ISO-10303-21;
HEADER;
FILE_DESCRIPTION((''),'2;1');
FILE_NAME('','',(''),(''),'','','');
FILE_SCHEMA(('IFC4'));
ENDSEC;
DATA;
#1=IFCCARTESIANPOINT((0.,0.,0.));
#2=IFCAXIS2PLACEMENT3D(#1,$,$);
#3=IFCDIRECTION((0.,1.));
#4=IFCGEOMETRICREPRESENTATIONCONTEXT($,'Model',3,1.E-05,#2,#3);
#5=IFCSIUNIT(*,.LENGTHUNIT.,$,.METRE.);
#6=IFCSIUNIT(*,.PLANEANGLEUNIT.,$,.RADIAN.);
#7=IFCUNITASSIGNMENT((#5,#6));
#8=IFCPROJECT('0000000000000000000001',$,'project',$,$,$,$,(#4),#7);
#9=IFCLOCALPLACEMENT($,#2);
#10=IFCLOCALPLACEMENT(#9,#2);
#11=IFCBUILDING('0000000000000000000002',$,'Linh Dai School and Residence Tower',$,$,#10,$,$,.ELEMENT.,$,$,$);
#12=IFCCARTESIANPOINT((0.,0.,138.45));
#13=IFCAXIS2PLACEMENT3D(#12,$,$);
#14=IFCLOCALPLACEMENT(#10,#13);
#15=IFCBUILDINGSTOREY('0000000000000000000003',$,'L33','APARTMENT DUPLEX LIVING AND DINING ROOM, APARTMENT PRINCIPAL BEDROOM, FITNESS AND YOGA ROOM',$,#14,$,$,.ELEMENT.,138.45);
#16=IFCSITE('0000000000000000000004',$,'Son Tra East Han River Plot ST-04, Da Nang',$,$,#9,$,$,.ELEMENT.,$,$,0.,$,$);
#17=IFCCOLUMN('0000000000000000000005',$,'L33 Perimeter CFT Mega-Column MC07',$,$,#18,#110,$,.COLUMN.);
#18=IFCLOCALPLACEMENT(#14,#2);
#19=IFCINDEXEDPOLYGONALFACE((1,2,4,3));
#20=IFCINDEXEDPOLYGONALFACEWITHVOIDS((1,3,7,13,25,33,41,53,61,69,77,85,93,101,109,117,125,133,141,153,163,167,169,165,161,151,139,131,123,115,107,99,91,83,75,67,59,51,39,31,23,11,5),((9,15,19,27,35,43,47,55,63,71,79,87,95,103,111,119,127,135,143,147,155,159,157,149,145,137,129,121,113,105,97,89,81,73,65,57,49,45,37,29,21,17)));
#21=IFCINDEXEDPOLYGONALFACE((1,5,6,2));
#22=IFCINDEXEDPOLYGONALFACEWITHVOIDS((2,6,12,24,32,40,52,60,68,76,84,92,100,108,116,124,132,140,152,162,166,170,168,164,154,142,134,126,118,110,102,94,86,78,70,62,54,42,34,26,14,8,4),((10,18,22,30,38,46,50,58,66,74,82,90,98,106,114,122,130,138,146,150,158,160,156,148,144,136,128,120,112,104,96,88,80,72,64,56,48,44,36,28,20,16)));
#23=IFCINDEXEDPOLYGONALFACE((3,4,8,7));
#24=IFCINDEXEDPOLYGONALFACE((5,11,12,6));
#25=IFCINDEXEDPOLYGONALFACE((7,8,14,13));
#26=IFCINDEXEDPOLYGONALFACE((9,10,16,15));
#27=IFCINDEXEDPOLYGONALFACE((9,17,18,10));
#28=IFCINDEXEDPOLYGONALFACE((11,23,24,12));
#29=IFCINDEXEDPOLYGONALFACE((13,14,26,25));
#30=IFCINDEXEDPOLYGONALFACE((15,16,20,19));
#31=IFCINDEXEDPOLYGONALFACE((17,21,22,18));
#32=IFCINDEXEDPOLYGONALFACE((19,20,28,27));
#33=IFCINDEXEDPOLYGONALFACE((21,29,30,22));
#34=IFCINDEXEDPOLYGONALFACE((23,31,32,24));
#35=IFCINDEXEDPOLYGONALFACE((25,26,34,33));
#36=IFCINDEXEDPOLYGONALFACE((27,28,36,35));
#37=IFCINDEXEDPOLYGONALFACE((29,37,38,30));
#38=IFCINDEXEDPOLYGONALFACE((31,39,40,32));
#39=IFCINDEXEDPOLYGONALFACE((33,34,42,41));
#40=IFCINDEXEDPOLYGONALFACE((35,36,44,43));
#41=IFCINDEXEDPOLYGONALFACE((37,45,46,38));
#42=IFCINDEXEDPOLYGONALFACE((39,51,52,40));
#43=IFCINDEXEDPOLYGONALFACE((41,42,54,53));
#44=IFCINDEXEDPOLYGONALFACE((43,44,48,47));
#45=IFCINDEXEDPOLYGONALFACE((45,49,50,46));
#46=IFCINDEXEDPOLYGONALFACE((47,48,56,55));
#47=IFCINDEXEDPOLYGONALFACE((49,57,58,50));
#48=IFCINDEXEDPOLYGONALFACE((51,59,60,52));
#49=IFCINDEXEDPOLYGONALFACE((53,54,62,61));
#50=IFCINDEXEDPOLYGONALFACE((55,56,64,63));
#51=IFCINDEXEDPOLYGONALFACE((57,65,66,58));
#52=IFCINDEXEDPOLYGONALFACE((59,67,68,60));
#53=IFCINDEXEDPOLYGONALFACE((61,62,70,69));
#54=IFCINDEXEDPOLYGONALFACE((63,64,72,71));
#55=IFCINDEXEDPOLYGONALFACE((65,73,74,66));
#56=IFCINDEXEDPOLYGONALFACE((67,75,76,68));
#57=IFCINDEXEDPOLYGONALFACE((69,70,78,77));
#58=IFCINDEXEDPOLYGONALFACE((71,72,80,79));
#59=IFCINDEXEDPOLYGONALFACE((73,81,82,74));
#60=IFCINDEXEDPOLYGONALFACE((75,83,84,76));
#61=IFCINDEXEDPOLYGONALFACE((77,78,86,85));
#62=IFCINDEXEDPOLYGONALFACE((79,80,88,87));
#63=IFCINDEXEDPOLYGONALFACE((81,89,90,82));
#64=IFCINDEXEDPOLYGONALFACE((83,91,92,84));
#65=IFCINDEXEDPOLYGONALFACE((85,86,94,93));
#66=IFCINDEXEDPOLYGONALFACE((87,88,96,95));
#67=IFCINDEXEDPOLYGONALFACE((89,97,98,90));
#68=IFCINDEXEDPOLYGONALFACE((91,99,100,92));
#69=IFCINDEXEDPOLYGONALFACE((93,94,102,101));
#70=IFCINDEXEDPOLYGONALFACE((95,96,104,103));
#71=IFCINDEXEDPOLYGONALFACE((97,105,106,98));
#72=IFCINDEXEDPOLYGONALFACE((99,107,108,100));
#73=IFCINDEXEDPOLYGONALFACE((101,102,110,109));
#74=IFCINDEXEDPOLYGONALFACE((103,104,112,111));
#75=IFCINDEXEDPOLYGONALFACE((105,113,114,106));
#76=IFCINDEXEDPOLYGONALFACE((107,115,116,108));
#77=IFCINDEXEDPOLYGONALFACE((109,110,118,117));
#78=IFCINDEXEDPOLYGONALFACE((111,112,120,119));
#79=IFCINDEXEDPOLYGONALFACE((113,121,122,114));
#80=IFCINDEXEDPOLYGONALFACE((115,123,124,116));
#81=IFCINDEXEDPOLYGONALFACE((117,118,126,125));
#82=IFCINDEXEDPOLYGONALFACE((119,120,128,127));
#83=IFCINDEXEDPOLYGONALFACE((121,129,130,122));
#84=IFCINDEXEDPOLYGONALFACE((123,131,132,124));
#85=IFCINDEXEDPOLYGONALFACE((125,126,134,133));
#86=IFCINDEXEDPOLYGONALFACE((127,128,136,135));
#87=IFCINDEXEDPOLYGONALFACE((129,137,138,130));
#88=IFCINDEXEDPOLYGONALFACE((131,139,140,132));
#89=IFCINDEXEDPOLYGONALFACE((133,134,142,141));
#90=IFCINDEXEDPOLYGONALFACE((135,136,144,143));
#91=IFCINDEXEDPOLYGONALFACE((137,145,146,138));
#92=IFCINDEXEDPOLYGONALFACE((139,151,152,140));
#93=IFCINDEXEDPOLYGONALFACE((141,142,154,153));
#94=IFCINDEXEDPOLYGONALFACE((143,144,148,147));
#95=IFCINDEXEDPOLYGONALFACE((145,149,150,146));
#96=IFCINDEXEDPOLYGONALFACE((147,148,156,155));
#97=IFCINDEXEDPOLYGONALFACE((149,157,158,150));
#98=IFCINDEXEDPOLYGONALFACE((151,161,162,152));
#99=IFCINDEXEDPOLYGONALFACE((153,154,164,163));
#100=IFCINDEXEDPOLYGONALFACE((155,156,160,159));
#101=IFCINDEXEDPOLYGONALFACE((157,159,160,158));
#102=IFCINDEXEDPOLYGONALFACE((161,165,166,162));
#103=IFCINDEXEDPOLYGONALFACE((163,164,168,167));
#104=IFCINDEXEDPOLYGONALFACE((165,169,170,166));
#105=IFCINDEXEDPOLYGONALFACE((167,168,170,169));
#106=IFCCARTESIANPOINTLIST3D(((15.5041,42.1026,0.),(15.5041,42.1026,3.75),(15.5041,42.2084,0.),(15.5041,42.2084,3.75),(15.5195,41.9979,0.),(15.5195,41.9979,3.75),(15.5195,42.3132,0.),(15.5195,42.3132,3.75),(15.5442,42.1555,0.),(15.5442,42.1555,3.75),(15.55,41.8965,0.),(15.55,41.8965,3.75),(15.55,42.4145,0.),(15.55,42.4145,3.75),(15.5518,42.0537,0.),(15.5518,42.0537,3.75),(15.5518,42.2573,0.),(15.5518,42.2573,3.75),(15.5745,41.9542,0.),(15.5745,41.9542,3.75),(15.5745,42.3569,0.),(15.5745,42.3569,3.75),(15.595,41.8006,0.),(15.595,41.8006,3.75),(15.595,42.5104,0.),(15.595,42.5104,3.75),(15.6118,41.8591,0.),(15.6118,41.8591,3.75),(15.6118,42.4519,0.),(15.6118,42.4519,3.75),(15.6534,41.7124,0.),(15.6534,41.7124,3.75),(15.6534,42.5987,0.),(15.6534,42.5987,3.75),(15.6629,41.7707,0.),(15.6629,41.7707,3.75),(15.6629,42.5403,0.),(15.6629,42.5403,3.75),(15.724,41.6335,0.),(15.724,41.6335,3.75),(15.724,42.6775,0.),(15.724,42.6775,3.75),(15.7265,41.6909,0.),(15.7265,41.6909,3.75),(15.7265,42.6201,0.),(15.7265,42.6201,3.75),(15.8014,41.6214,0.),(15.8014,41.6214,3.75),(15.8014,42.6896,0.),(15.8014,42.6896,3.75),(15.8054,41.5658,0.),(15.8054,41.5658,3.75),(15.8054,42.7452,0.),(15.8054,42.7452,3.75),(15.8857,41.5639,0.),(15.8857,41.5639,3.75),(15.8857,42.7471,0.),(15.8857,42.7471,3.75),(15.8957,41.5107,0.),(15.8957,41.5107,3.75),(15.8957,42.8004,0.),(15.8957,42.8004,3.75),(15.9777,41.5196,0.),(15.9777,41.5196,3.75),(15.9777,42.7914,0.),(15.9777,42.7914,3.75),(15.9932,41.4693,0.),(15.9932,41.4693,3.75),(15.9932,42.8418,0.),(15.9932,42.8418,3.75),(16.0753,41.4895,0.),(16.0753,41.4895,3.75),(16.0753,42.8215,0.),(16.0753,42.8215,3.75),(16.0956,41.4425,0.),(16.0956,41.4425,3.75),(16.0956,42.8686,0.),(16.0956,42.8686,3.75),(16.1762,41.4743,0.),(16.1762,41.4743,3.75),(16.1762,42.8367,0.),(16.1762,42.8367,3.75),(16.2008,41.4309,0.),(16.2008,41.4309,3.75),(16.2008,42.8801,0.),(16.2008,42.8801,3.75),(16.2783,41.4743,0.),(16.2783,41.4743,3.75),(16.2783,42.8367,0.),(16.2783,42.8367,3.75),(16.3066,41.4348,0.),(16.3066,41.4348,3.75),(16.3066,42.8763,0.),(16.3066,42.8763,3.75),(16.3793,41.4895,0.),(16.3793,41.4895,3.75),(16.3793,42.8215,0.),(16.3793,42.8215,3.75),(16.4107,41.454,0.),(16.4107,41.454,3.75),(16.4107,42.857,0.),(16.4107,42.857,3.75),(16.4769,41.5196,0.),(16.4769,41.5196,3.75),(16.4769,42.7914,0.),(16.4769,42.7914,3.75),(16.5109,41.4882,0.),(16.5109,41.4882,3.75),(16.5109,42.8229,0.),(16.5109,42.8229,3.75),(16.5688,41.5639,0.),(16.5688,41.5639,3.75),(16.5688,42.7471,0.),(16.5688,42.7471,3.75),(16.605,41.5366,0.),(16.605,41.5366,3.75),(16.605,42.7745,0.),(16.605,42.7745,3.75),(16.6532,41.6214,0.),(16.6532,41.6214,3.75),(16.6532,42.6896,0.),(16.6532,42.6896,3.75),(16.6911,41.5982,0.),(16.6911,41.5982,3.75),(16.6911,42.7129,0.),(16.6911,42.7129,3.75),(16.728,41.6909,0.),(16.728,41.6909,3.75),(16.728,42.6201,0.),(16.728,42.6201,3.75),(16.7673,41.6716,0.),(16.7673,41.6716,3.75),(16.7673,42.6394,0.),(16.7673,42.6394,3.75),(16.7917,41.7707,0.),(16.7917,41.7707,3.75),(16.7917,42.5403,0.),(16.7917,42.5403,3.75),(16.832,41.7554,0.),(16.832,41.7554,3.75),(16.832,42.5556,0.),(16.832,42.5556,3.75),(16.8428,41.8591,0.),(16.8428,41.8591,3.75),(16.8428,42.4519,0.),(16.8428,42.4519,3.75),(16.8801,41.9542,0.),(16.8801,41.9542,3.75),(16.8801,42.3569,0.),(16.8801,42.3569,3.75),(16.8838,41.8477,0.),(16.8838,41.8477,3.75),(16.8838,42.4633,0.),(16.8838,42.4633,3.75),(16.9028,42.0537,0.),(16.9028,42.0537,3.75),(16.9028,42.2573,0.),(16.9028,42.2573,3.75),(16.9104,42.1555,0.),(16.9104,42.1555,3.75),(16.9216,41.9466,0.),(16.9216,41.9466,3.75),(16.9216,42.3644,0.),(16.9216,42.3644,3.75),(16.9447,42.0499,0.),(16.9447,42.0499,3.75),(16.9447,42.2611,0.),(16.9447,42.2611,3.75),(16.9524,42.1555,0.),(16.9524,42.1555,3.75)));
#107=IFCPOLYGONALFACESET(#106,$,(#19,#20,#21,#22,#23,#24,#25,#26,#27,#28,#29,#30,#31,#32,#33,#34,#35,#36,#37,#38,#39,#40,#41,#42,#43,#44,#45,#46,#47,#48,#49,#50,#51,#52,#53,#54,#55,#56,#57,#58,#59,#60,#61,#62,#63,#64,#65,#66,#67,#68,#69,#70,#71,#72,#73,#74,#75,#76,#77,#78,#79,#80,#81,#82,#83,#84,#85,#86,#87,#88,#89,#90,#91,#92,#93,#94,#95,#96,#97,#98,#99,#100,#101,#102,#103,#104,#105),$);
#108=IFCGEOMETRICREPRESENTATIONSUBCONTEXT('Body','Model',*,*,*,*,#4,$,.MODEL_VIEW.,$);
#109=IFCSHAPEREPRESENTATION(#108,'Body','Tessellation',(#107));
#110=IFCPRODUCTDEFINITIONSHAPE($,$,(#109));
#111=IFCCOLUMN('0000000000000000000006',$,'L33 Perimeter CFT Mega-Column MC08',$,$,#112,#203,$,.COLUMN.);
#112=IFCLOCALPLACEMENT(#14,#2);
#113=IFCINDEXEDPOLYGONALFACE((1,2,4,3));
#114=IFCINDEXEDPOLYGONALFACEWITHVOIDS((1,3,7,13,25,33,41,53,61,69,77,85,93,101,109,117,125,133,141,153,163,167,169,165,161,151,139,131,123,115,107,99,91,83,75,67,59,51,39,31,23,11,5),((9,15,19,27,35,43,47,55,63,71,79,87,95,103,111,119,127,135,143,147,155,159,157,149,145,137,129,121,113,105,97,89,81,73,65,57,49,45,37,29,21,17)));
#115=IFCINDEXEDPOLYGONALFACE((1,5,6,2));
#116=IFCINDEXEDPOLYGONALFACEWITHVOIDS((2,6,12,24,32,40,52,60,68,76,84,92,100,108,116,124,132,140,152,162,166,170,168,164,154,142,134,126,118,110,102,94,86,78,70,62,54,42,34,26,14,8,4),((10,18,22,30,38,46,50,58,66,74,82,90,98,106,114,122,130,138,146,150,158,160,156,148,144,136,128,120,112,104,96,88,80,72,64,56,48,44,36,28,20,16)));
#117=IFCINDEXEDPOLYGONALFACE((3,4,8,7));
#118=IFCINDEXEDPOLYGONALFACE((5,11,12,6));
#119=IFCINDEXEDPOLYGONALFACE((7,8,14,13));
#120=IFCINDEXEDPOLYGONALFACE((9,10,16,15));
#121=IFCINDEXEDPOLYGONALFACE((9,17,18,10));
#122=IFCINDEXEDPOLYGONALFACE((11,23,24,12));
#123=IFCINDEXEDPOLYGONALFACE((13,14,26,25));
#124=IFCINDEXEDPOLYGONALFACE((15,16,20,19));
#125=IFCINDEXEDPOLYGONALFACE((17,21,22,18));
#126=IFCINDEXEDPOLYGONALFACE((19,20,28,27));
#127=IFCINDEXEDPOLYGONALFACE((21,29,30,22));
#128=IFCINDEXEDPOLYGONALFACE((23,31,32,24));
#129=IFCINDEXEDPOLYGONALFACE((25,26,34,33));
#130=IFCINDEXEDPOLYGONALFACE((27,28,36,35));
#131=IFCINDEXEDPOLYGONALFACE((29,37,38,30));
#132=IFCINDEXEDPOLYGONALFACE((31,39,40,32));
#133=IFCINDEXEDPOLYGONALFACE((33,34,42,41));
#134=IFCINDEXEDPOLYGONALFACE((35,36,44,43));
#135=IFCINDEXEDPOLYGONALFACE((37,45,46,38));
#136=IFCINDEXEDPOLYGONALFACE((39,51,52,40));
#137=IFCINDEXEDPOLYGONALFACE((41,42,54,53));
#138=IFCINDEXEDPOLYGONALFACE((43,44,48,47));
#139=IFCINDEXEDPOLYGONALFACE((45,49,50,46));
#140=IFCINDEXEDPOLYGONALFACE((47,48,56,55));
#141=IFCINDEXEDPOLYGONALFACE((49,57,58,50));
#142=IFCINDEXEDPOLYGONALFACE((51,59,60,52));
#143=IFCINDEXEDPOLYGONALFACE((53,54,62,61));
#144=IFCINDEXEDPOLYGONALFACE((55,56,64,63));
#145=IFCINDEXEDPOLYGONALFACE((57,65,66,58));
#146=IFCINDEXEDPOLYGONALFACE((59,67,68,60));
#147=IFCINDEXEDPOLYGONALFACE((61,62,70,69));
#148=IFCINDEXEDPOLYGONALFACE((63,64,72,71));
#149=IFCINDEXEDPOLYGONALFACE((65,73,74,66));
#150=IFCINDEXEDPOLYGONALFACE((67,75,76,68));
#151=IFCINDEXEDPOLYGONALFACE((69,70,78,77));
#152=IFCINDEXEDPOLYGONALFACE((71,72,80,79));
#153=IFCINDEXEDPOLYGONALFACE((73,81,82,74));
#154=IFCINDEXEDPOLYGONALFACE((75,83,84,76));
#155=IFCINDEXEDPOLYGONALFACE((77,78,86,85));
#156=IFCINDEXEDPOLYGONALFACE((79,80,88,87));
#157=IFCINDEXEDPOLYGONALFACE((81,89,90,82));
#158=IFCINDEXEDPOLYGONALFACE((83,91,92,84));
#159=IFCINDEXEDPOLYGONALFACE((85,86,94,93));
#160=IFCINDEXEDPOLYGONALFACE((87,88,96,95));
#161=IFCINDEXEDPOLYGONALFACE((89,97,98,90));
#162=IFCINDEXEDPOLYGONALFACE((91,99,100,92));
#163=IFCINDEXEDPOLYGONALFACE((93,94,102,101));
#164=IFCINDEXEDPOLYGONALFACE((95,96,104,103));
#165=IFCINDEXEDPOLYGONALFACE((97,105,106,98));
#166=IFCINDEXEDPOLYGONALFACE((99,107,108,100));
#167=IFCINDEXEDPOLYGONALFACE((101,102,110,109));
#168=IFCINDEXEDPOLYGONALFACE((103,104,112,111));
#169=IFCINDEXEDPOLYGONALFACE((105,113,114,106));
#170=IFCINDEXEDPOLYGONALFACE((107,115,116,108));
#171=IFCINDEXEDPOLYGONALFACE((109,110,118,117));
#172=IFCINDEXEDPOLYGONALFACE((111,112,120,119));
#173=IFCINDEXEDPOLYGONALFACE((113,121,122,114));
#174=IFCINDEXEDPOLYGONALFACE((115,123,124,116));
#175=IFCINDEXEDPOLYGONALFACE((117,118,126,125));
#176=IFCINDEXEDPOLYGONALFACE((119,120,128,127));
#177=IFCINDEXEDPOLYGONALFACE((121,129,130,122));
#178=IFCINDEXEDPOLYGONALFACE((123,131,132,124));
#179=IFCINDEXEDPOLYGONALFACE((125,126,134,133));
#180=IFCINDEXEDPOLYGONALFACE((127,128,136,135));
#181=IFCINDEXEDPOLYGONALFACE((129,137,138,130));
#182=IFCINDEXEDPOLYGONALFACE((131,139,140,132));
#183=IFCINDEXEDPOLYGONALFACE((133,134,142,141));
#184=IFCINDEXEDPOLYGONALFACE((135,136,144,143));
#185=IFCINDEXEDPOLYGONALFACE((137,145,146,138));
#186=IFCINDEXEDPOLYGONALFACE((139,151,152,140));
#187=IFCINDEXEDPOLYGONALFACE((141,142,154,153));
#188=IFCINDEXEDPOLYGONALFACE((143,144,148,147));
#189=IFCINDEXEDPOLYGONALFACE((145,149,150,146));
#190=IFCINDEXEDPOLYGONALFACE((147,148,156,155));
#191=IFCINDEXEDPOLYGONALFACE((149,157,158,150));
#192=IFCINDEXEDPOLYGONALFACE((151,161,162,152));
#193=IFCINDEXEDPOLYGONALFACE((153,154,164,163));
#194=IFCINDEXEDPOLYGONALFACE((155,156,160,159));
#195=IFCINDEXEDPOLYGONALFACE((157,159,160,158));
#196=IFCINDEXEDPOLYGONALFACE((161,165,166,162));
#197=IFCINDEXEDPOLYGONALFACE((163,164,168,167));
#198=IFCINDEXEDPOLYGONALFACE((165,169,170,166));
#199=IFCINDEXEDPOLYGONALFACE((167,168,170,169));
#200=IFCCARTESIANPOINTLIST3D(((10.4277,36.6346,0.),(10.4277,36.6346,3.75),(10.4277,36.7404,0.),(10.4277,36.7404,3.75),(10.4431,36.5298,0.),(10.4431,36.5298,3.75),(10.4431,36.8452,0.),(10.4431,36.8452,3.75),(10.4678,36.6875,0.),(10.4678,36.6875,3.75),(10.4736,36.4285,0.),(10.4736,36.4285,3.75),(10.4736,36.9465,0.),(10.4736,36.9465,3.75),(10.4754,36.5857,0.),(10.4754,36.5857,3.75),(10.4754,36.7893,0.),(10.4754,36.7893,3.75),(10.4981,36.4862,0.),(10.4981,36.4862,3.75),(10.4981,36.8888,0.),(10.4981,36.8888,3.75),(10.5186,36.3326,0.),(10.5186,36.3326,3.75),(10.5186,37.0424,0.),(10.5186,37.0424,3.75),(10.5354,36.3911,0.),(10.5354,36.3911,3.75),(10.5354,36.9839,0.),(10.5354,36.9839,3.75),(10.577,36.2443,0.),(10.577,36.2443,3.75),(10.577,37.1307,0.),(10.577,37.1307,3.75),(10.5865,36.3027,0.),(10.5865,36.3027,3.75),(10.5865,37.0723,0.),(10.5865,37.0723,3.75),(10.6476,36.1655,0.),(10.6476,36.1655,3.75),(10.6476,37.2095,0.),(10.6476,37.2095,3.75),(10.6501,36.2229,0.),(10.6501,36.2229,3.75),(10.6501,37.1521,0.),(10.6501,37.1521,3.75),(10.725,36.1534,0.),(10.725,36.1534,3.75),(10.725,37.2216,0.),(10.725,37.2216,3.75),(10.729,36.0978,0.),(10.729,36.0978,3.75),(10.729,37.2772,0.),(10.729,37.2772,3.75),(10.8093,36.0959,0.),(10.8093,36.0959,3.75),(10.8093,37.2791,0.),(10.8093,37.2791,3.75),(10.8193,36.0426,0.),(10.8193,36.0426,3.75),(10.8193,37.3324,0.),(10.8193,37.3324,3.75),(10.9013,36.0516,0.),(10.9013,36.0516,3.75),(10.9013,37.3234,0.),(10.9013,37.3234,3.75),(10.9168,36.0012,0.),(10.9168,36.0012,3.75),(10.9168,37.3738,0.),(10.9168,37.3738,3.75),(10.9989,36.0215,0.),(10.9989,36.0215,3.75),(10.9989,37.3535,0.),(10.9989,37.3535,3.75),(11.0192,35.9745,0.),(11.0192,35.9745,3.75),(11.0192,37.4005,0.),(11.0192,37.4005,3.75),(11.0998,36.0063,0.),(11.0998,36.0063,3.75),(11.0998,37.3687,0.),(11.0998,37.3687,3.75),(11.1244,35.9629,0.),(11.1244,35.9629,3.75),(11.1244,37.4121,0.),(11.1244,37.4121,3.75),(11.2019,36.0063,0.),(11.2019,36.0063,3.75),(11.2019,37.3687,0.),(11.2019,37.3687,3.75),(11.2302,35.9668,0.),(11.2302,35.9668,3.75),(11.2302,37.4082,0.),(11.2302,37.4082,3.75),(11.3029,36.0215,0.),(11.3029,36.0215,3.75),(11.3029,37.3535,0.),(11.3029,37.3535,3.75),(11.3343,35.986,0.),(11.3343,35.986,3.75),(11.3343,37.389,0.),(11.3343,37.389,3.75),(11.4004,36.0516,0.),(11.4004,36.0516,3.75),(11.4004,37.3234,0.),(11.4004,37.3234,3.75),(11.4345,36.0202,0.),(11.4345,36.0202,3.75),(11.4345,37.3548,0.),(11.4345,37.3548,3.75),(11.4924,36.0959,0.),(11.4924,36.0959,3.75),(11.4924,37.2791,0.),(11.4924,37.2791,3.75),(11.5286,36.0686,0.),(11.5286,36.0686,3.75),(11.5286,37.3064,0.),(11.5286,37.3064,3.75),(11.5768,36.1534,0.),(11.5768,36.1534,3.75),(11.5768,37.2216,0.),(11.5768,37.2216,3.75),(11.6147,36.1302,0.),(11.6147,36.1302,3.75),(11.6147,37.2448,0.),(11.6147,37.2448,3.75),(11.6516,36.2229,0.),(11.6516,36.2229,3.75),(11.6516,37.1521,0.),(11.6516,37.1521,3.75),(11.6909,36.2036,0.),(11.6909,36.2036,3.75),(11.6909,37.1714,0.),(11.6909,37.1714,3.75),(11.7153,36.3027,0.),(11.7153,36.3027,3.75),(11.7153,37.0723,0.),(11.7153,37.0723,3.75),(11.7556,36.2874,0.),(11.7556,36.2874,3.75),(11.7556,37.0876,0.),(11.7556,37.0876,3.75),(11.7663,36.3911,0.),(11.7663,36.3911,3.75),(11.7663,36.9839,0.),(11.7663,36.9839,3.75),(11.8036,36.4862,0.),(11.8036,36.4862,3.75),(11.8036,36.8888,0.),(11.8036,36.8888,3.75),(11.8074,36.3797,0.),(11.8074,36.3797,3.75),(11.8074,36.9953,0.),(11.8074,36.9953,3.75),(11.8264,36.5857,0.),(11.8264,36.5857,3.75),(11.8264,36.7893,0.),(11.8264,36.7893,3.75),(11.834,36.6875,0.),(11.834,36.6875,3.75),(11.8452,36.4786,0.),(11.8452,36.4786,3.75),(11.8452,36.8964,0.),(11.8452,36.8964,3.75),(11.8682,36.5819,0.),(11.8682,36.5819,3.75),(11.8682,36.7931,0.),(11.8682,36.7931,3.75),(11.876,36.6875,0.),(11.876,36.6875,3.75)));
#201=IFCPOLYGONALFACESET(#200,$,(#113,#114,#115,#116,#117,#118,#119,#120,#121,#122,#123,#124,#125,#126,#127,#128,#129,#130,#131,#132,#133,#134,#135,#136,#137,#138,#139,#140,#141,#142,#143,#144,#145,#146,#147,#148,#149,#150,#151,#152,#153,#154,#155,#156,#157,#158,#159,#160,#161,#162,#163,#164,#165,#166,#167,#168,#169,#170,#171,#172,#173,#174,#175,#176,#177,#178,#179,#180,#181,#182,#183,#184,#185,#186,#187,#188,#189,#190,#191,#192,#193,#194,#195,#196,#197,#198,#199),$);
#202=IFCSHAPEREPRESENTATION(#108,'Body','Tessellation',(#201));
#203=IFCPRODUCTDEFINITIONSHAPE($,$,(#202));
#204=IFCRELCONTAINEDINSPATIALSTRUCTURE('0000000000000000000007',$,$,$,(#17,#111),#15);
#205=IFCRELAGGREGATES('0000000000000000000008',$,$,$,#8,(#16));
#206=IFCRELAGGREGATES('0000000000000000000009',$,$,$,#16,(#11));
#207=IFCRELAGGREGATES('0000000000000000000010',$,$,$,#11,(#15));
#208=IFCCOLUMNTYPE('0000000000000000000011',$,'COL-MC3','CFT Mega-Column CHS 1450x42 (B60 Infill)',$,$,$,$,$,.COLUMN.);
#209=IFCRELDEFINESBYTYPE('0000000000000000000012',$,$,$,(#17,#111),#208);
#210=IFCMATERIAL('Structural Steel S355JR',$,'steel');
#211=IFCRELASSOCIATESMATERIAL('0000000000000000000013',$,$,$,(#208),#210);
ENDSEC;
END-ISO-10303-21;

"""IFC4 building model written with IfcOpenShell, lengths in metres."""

from ifc_helpers import new_model, si_unit, direction, frame, origin, origin_2d, place, context, subcontext, project, spatial, hollow_circle, extrude, material, material_profile, profile_set, type_object, element, save


model = new_model("IFC4")

# Units and contexts
model_context = context("Model", 3, precision=1e-05, world=origin(), true_north=direction((0.0, 1.0)))
body_context = subcontext(model_context, "Body", "Model", "MODEL_VIEW")
ifc_project = project(units=[si_unit("LENGTHUNIT", "METRE"), si_unit("PLANEANGLEUNIT", "RADIAN")], contexts=[model_context])

# Site, building, storey
site_placement = place(None, origin())
site = spatial("IfcSite", under=ifc_project, at=site_placement, Name="Son Tra East Han River Plot ST-04, Da Nang", CompositionType="ELEMENT", RefElevation=0.0)
building_placement = place(site_placement, origin())
building = spatial("IfcBuilding", under=site, at=building_placement, Name="Linh Dai School and Residence Tower", CompositionType="ELEMENT")
storey_placement = place(building_placement, frame((0.0, 0.0, 138.45)))
storey = spatial("IfcBuildingStorey", under=building, at=storey_placement, Name="L33", Description="APARTMENT DUPLEX LIVING AND DINING ROOM, APARTMENT PRINCIPAL BEDROOM, FITNESS AND YOGA ROOM", CompositionType="ELEMENT", Elevation=138.45)

# Columns
ifc_material_1 = material(Name="Structural Steel S355JR", Category="steel")
ifc_material_profile_1 = material_profile(ifc_material_1, hollow_circle(Radius=0.7251, WallThickness=0.042, at=origin_2d()), Name="CHS 1450x42")
ifc_profile_set_1 = profile_set([ifc_material_profile_1], Name="Structural Steel S355JR")
column_type = type_object("IfcColumnType", Name="COL-MC3", Description="CFT Mega-Column CHS 1450x42 (B60 Infill)", PredefinedType="COLUMN", material=ifc_profile_set_1)
for number, where, z_axis, x_axis, name in (
    (1, (16.2273, 42.1555, 0.0), (0.0, 0.0, 1.0), (1.0, 0.0, 0.0), "L33 Perimeter CFT Mega-Column MC07"),
    (2, (11.1509, 36.6875, 0.0), (0.0, 0.0, 1.0), (1.0, 0.0, 0.0), "L33 Perimeter CFT Mega-Column MC08"),
):
    element("IfcColumn", number, at=place(storey_placement, frame(where, z_axis=z_axis, x_axis=x_axis)), inside=storey, type_object=column_type, Name=name, PredefinedType="COLUMN", context=body_context, shape_type="SweptSolid", body=[
        extrude(hollow_circle(Radius=0.7251, WallThickness=0.042, at=origin_2d()), origin(), (0.0, 0.0, 1.0), 3.75),
    ])

save(model, "model.ifc")
